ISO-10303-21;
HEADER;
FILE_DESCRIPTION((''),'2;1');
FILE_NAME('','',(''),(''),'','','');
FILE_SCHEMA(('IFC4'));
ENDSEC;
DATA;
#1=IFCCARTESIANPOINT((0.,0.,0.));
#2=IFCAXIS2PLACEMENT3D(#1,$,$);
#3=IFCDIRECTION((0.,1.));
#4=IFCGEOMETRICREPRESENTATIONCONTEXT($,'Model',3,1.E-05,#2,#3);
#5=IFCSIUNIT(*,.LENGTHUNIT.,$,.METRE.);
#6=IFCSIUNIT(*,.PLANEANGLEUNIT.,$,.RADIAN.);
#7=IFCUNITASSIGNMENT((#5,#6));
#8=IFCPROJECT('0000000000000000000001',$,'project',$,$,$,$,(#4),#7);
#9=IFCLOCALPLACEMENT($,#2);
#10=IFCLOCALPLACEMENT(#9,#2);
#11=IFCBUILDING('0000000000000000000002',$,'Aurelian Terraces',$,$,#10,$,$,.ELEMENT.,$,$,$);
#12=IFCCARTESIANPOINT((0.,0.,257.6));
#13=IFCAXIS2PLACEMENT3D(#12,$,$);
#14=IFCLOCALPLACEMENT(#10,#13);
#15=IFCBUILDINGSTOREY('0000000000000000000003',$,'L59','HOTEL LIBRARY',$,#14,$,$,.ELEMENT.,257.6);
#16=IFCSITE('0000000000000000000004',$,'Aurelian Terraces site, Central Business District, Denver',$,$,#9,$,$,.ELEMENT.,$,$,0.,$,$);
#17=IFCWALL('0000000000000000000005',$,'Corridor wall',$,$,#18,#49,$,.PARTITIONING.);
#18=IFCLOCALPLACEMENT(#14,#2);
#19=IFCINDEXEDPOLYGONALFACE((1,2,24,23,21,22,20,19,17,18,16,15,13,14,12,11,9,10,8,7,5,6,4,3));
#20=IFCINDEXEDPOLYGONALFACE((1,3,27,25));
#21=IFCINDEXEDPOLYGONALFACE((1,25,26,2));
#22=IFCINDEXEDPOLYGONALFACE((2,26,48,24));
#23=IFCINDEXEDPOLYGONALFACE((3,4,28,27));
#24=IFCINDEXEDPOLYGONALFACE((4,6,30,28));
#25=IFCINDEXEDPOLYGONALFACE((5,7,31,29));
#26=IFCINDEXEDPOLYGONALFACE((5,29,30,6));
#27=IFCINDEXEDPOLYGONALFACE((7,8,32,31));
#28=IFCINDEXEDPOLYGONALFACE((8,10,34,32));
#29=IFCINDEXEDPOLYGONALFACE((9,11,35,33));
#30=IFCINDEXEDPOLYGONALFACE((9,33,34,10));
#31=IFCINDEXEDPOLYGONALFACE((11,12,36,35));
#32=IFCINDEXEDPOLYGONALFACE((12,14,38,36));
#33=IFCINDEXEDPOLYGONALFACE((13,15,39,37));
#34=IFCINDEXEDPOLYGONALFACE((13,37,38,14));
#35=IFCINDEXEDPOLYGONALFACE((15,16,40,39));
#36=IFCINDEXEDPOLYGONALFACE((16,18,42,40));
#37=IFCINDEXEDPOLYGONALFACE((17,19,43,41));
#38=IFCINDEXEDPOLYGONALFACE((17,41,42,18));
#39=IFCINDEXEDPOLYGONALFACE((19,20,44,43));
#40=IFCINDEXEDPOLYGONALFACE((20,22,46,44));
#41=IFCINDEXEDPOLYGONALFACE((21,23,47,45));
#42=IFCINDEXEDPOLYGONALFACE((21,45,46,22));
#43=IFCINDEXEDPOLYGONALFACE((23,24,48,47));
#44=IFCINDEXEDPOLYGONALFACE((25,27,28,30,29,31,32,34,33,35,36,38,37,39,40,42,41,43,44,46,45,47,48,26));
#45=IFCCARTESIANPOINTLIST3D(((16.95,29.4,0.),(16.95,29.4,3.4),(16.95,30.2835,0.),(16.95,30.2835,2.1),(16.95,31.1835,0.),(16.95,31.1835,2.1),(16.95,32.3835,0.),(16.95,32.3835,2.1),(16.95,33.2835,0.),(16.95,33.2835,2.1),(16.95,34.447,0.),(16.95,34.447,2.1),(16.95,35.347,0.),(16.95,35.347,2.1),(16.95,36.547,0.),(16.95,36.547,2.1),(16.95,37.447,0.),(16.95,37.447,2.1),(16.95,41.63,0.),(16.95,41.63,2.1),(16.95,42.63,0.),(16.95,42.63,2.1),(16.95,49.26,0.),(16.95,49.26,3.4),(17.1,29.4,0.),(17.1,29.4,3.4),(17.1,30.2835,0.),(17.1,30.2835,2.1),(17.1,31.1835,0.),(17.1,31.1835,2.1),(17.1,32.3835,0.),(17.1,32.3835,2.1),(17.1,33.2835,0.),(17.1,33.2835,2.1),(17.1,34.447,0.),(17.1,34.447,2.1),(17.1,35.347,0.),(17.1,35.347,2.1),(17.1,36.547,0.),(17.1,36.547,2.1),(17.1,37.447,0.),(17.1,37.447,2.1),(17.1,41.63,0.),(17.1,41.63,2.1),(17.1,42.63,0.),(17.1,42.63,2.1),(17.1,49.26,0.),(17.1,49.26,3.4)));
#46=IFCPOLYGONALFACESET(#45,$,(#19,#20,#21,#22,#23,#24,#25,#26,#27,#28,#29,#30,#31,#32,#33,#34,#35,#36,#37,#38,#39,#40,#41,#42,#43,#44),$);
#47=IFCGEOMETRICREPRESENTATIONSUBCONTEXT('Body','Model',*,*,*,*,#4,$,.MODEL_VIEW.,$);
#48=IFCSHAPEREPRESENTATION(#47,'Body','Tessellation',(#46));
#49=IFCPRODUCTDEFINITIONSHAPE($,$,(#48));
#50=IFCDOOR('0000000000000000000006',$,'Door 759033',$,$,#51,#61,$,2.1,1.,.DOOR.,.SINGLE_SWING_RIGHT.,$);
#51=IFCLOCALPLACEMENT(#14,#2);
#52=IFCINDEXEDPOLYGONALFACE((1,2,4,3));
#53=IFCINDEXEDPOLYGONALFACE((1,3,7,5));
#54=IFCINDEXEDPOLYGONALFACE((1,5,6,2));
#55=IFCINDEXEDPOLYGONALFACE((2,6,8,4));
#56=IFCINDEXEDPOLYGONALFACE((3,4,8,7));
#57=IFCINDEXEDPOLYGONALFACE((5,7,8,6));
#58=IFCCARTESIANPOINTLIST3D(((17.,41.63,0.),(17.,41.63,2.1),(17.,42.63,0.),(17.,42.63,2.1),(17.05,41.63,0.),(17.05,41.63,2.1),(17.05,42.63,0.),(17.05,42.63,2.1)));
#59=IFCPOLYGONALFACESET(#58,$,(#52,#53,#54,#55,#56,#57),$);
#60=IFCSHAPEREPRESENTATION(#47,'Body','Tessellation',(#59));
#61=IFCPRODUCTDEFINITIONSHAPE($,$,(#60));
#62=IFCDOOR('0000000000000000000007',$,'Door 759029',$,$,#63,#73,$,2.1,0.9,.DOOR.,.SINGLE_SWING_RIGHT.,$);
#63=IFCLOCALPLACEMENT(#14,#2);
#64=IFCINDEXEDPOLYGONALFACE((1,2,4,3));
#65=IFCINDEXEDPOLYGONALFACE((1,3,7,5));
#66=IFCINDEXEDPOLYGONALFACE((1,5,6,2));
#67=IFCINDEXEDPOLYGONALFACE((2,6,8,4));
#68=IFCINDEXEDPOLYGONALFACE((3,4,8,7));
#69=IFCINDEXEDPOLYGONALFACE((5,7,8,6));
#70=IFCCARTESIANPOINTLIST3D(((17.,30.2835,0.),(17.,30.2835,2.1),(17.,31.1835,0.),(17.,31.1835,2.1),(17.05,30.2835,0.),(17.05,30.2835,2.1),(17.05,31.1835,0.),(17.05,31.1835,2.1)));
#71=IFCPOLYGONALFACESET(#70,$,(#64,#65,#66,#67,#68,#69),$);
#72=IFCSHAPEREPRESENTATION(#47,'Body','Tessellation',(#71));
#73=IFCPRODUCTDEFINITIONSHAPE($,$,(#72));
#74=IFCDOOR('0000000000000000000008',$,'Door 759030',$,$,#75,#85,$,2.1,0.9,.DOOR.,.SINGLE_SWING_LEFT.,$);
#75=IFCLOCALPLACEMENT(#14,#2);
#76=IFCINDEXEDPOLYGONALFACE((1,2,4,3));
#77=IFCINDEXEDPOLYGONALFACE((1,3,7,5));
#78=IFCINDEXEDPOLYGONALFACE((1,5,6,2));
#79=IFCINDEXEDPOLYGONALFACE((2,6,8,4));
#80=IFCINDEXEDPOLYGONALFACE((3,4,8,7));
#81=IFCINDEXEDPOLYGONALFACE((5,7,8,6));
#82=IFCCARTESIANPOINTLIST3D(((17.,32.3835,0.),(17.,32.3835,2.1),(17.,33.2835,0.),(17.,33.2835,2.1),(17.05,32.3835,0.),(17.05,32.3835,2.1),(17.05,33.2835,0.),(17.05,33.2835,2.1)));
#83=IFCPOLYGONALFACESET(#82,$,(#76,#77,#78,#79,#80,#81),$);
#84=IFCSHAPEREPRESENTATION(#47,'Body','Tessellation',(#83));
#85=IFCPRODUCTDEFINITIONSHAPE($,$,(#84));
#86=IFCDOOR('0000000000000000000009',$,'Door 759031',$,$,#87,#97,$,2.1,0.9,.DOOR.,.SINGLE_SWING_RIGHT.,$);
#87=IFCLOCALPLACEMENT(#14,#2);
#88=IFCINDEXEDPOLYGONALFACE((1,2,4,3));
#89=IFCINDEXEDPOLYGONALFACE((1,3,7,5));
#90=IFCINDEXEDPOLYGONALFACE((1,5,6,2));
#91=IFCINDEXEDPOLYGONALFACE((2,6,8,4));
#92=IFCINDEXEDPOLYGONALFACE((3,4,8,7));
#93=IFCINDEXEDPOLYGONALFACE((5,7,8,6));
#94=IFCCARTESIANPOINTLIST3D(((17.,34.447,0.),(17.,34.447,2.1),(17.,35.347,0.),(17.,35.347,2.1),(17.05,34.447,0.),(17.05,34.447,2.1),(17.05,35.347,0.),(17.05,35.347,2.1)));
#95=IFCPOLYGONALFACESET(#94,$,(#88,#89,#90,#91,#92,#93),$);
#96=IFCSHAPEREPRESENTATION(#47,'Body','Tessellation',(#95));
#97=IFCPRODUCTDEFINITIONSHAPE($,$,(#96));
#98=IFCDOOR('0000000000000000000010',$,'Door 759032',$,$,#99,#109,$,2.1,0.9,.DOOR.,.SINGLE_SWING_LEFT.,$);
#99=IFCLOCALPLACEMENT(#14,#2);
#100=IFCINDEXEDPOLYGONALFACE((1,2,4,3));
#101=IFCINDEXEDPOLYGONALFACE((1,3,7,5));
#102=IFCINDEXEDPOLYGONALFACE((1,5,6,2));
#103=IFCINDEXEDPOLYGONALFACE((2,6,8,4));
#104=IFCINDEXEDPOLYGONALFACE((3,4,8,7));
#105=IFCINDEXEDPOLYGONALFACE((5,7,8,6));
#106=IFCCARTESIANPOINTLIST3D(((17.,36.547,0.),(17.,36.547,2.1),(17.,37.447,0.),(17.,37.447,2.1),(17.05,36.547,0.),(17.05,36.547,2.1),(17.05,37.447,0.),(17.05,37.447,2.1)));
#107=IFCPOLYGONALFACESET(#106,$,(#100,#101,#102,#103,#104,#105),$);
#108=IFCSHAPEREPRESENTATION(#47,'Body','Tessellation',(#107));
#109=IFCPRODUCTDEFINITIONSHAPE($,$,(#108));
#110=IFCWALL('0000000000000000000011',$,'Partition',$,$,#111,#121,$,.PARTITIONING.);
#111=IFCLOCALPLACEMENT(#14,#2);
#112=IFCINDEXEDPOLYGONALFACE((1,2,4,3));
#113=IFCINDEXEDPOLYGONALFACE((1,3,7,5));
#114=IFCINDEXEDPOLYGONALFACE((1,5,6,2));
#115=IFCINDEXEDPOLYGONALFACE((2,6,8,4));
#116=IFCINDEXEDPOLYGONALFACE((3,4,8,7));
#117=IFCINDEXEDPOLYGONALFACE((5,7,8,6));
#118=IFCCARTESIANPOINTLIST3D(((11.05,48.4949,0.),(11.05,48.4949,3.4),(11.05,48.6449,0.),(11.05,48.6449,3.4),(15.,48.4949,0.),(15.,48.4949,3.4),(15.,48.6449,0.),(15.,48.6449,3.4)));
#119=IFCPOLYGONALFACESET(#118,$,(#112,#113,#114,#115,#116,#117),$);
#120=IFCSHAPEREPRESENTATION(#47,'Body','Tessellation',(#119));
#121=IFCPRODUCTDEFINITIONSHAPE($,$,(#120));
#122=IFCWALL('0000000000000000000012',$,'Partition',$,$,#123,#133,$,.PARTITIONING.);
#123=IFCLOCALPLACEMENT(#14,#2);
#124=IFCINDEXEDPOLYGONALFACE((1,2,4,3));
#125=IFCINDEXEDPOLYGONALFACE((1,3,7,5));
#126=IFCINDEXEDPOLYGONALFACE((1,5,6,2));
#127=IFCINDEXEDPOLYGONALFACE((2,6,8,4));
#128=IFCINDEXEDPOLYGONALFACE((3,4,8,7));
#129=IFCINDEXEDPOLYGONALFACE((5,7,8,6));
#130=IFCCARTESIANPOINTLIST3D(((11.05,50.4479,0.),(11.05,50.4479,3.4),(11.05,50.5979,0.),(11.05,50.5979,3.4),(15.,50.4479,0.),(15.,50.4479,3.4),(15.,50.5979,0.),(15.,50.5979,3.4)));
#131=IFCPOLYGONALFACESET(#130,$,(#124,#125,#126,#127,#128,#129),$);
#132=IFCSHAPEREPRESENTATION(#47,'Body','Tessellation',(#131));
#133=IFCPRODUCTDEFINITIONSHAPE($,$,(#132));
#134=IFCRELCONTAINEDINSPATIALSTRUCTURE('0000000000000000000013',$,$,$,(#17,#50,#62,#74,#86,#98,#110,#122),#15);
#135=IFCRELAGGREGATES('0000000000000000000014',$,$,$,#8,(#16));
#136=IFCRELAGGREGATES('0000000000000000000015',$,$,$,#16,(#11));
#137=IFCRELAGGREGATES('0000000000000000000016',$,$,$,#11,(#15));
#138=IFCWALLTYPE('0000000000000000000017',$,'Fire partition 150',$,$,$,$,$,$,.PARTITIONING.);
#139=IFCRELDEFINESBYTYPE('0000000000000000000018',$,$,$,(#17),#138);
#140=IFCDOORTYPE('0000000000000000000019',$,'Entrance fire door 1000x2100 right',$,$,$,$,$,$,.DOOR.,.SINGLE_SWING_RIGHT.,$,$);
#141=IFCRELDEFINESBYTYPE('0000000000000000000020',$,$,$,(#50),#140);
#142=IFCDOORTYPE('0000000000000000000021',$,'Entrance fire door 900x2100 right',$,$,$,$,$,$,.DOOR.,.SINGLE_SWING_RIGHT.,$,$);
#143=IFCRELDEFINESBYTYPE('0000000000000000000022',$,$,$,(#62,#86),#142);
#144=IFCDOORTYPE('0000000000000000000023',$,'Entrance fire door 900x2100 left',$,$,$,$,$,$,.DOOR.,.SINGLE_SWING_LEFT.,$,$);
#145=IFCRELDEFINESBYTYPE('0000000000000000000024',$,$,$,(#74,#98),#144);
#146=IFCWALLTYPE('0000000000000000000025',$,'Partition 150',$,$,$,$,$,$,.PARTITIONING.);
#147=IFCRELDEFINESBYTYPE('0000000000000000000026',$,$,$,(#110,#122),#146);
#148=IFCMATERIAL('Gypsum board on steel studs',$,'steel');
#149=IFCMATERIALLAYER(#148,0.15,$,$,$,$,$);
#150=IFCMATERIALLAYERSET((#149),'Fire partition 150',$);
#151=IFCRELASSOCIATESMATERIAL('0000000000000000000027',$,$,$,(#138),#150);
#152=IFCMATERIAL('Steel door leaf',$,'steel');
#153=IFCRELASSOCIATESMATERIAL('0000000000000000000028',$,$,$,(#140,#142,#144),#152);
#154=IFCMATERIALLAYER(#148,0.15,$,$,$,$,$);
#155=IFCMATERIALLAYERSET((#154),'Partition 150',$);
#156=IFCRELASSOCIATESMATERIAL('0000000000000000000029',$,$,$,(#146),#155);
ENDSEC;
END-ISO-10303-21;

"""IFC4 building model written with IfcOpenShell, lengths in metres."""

from ifc_helpers import new_model, si_unit, direction, frame, frame_2d, origin, place, context, subcontext, project, spatial, rectangle, extrude, source, transform, mapped, material, layer, layer_set, type_object, element, fill, save


model = new_model("IFC4")

# Units and contexts
model_context = context("Model", 3, precision=1e-05, world=origin(), true_north=direction((0.0, 1.0)))
body_context = subcontext(model_context, "Body", "Model", "MODEL_VIEW")
ifc_project = project(units=[si_unit("LENGTHUNIT", "METRE"), si_unit("PLANEANGLEUNIT", "RADIAN")], contexts=[model_context])

# Site, building, storey
site_placement = place(None, origin())
site = spatial("IfcSite", under=ifc_project, at=site_placement, Name="Aurelian Terraces site, Central Business District, Denver", CompositionType="ELEMENT", RefElevation=0.0)
building_placement = place(site_placement, origin())
building = spatial("IfcBuilding", under=site, at=building_placement, Name="Aurelian Terraces", CompositionType="ELEMENT")
storey_placement = place(building_placement, frame((0.0, 0.0, 257.6)))
storey = spatial("IfcBuildingStorey", under=building, at=storey_placement, Name="L59", Description="HOTEL LIBRARY", CompositionType="ELEMENT", Elevation=257.6)

# Wall, openings, doors
ifc_material_1 = material(Name="Gypsum board on steel studs", Category="steel")
ifc_layer_1 = layer(ifc_material_1, 0.15)
ifc_layer_set_1 = layer_set([ifc_layer_1], Name="Fire partition 150")
wall_type_1 = type_object("IfcWallType", Name="Fire partition 150", PredefinedType="PARTITIONING", material=ifc_layer_set_1)
shared_shape_1 = source(origin(), body_context, "Body", "SweptSolid", [
    extrude(rectangle(XDim=19.86, YDim=0.15, at=frame_2d((9.93, 0.0))), origin(), (0.0, 0.0, 1.0), 3.4),
])
wall_1_placement = place(storey_placement, frame((17.025, 49.26, 0.0), z_axis=(0.0, 0.0, 1.0), x_axis=(0.0, -1.0, 0.0)))
wall_1 = element("IfcWall", 1, at=wall_1_placement, inside=storey, type_object=wall_type_1, Name="Corridor wall", PredefinedType="PARTITIONING", context=body_context, shape_type="MappedRepresentation", body=[
    mapped(shared_shape_1, transform((0.0, 0.0, 0.0), scale=1.0)),
])
shared_shape_2 = source(origin(), body_context, "Body", "SweptSolid", [
    extrude(rectangle(XDim=0.9, YDim=2.1, at=frame_2d((0.45, 1.05))), frame((0.0, 0.085, 0.0), z_axis=(0.0, -1.0, 0.0), x_axis=(1.0, 0.0, 0.0)), (0.0, 0.0, 1.0), 0.17),
])
opening_1_placement = place(wall_1_placement, frame((18.0765, 0.0, 0.0)))
opening_1 = element("IfcOpeningElement", 2, at=opening_1_placement, cuts=wall_1, PredefinedType="OPENING", context=body_context, shape_type="MappedRepresentation", body=[
    mapped(shared_shape_2, transform((0.0, 0.0, 0.0), scale=1.0)),
])
opening_2_placement = place(wall_1_placement, frame((15.9765, 0.0, 0.0)))
opening_2 = element("IfcOpeningElement", 3, at=opening_2_placement, cuts=wall_1, PredefinedType="OPENING", context=body_context, shape_type="MappedRepresentation", body=[
    mapped(shared_shape_2, transform((0.0, 0.0, 0.0), scale=1.0)),
])
opening_3_placement = place(wall_1_placement, frame((13.913, 0.0, 0.0)))
opening_3 = element("IfcOpeningElement", 4, at=opening_3_placement, cuts=wall_1, PredefinedType="OPENING", context=body_context, shape_type="MappedRepresentation", body=[
    mapped(shared_shape_2, transform((0.0, 0.0, 0.0), scale=1.0)),
])
opening_4_placement = place(wall_1_placement, frame((11.813, 0.0, 0.0)))
opening_4 = element("IfcOpeningElement", 5, at=opening_4_placement, cuts=wall_1, PredefinedType="OPENING", context=body_context, shape_type="MappedRepresentation", body=[
    mapped(shared_shape_2, transform((0.0, 0.0, 0.0), scale=1.0)),
])
shared_shape_3 = source(origin(), body_context, "Body", "SweptSolid", [
    extrude(rectangle(XDim=1.0, YDim=2.1, at=frame_2d((0.5, 1.05))), frame((0.0, 0.085, 0.0), z_axis=(0.0, -1.0, 0.0), x_axis=(1.0, 0.0, 0.0)), (0.0, 0.0, 1.0), 0.17),
])
opening_5_placement = place(wall_1_placement, frame((6.63, 0.0, 0.0)))
opening_5 = element("IfcOpeningElement", 6, at=opening_5_placement, cuts=wall_1, PredefinedType="OPENING", context=body_context, shape_type="MappedRepresentation", body=[
    mapped(shared_shape_3, transform((0.0, 0.0, 0.0), scale=1.0)),
])
ifc_material_2 = material(Name="Steel door leaf", Category="steel")
door_type_1 = type_object("IfcDoorType", Name="Entrance fire door 1000x2100 right", OperationType="SINGLE_SWING_RIGHT", PredefinedType="DOOR", material=ifc_material_2)
shared_shape_4 = source(origin(), body_context, "Body", "SweptSolid", [
    extrude(rectangle(XDim=1.0, YDim=2.1, at=frame_2d((0.5, 1.05))), frame((0.0, 0.025, 0.0), z_axis=(0.0, -1.0, 0.0), x_axis=(1.0, 0.0, 0.0)), (0.0, 0.0, 1.0), 0.05),
])
door_1_placement = place(opening_5_placement, origin())
door_1 = element("IfcDoor", 7, at=door_1_placement, inside=storey, type_object=door_type_1, Name="Door 759033", OperationType="SINGLE_SWING_RIGHT", OverallHeight=2.1, OverallWidth=1.0, PredefinedType="DOOR", context=body_context, shape_type="MappedRepresentation", body=[
    mapped(shared_shape_4, transform((0.0, 0.0, 0.0), scale=1.0)),
])
fill(opening_5, door_1)
door_type_2 = type_object("IfcDoorType", Name="Entrance fire door 900x2100 right", OperationType="SINGLE_SWING_RIGHT", PredefinedType="DOOR", material=ifc_material_2)
shared_shape_5 = source(origin(), body_context, "Body", "SweptSolid", [
    extrude(rectangle(XDim=0.9, YDim=2.1, at=frame_2d((0.45, 1.05))), frame((0.0, 0.025, 0.0), z_axis=(0.0, -1.0, 0.0), x_axis=(1.0, 0.0, 0.0)), (0.0, 0.0, 1.0), 0.05),
])
door_2_placement = place(opening_1_placement, origin())
door_2 = element("IfcDoor", 8, at=door_2_placement, inside=storey, type_object=door_type_2, Name="Door 759029", OperationType="SINGLE_SWING_RIGHT", OverallHeight=2.1, OverallWidth=0.9, PredefinedType="DOOR", context=body_context, shape_type="MappedRepresentation", body=[
    mapped(shared_shape_5, transform((0.0, 0.0, 0.0), scale=1.0)),
])
fill(opening_1, door_2)
door_type_3 = type_object("IfcDoorType", Name="Entrance fire door 900x2100 left", OperationType="SINGLE_SWING_LEFT", PredefinedType="DOOR", material=ifc_material_2)
door_3_placement = place(opening_2_placement, origin())
door_3 = element("IfcDoor", 9, at=door_3_placement, inside=storey, type_object=door_type_3, Name="Door 759030", OperationType="SINGLE_SWING_LEFT", OverallHeight=2.1, OverallWidth=0.9, PredefinedType="DOOR", context=body_context, shape_type="MappedRepresentation", body=[
    mapped(shared_shape_5, transform((0.0, 0.0, 0.0), scale=1.0)),
])
fill(opening_2, door_3)
door_4_placement = place(opening_3_placement, origin())
door_4 = element("IfcDoor", 10, at=door_4_placement, inside=storey, type_object=door_type_2, Name="Door 759031", OperationType="SINGLE_SWING_RIGHT", OverallHeight=2.1, OverallWidth=0.9, PredefinedType="DOOR", context=body_context, shape_type="MappedRepresentation", body=[
    mapped(shared_shape_5, transform((0.0, 0.0, 0.0), scale=1.0)),
])
fill(opening_3, door_4)
door_5_placement = place(opening_4_placement, origin())
door_5 = element("IfcDoor", 11, at=door_5_placement, inside=storey, type_object=door_type_3, Name="Door 759032", OperationType="SINGLE_SWING_LEFT", OverallHeight=2.1, OverallWidth=0.9, PredefinedType="DOOR", context=body_context, shape_type="MappedRepresentation", body=[
    mapped(shared_shape_5, transform((0.0, 0.0, 0.0), scale=1.0)),
])
fill(opening_4, door_5)

# Walls
ifc_layer_2 = layer(ifc_material_1, 0.15)
ifc_layer_set_2 = layer_set([ifc_layer_2], Name="Partition 150")
wall_type_2 = type_object("IfcWallType", Name="Partition 150", PredefinedType="PARTITIONING", material=ifc_layer_set_2)
shared_shape_6 = source(origin(), body_context, "Body", "SweptSolid", [
    extrude(rectangle(XDim=3.95, YDim=0.15, at=frame_2d((1.975, 0.0))), origin(), (0.0, 0.0, 1.0), 3.4),
])
for number, where, z_axis, x_axis, name in (
    (12, (15.0, 48.5699, 0.0), (0.0, 0.0, 1.0), (-1.0, 0.0, 0.0), "Partition"),
    (13, (15.0, 50.5229, 0.0), (0.0, 0.0, 1.0), (-1.0, 0.0, 0.0), "Partition"),
):
    element("IfcWall", number, at=place(storey_placement, frame(where, z_axis=z_axis, x_axis=x_axis)), inside=storey, type_object=wall_type_2, Name=name, PredefinedType="PARTITIONING", context=body_context, shape_type="MappedRepresentation", body=[
        mapped(shared_shape_6, transform((0.0, 0.0, 0.0), scale=1.0)),
    ])

save(model, "model.ifc")
